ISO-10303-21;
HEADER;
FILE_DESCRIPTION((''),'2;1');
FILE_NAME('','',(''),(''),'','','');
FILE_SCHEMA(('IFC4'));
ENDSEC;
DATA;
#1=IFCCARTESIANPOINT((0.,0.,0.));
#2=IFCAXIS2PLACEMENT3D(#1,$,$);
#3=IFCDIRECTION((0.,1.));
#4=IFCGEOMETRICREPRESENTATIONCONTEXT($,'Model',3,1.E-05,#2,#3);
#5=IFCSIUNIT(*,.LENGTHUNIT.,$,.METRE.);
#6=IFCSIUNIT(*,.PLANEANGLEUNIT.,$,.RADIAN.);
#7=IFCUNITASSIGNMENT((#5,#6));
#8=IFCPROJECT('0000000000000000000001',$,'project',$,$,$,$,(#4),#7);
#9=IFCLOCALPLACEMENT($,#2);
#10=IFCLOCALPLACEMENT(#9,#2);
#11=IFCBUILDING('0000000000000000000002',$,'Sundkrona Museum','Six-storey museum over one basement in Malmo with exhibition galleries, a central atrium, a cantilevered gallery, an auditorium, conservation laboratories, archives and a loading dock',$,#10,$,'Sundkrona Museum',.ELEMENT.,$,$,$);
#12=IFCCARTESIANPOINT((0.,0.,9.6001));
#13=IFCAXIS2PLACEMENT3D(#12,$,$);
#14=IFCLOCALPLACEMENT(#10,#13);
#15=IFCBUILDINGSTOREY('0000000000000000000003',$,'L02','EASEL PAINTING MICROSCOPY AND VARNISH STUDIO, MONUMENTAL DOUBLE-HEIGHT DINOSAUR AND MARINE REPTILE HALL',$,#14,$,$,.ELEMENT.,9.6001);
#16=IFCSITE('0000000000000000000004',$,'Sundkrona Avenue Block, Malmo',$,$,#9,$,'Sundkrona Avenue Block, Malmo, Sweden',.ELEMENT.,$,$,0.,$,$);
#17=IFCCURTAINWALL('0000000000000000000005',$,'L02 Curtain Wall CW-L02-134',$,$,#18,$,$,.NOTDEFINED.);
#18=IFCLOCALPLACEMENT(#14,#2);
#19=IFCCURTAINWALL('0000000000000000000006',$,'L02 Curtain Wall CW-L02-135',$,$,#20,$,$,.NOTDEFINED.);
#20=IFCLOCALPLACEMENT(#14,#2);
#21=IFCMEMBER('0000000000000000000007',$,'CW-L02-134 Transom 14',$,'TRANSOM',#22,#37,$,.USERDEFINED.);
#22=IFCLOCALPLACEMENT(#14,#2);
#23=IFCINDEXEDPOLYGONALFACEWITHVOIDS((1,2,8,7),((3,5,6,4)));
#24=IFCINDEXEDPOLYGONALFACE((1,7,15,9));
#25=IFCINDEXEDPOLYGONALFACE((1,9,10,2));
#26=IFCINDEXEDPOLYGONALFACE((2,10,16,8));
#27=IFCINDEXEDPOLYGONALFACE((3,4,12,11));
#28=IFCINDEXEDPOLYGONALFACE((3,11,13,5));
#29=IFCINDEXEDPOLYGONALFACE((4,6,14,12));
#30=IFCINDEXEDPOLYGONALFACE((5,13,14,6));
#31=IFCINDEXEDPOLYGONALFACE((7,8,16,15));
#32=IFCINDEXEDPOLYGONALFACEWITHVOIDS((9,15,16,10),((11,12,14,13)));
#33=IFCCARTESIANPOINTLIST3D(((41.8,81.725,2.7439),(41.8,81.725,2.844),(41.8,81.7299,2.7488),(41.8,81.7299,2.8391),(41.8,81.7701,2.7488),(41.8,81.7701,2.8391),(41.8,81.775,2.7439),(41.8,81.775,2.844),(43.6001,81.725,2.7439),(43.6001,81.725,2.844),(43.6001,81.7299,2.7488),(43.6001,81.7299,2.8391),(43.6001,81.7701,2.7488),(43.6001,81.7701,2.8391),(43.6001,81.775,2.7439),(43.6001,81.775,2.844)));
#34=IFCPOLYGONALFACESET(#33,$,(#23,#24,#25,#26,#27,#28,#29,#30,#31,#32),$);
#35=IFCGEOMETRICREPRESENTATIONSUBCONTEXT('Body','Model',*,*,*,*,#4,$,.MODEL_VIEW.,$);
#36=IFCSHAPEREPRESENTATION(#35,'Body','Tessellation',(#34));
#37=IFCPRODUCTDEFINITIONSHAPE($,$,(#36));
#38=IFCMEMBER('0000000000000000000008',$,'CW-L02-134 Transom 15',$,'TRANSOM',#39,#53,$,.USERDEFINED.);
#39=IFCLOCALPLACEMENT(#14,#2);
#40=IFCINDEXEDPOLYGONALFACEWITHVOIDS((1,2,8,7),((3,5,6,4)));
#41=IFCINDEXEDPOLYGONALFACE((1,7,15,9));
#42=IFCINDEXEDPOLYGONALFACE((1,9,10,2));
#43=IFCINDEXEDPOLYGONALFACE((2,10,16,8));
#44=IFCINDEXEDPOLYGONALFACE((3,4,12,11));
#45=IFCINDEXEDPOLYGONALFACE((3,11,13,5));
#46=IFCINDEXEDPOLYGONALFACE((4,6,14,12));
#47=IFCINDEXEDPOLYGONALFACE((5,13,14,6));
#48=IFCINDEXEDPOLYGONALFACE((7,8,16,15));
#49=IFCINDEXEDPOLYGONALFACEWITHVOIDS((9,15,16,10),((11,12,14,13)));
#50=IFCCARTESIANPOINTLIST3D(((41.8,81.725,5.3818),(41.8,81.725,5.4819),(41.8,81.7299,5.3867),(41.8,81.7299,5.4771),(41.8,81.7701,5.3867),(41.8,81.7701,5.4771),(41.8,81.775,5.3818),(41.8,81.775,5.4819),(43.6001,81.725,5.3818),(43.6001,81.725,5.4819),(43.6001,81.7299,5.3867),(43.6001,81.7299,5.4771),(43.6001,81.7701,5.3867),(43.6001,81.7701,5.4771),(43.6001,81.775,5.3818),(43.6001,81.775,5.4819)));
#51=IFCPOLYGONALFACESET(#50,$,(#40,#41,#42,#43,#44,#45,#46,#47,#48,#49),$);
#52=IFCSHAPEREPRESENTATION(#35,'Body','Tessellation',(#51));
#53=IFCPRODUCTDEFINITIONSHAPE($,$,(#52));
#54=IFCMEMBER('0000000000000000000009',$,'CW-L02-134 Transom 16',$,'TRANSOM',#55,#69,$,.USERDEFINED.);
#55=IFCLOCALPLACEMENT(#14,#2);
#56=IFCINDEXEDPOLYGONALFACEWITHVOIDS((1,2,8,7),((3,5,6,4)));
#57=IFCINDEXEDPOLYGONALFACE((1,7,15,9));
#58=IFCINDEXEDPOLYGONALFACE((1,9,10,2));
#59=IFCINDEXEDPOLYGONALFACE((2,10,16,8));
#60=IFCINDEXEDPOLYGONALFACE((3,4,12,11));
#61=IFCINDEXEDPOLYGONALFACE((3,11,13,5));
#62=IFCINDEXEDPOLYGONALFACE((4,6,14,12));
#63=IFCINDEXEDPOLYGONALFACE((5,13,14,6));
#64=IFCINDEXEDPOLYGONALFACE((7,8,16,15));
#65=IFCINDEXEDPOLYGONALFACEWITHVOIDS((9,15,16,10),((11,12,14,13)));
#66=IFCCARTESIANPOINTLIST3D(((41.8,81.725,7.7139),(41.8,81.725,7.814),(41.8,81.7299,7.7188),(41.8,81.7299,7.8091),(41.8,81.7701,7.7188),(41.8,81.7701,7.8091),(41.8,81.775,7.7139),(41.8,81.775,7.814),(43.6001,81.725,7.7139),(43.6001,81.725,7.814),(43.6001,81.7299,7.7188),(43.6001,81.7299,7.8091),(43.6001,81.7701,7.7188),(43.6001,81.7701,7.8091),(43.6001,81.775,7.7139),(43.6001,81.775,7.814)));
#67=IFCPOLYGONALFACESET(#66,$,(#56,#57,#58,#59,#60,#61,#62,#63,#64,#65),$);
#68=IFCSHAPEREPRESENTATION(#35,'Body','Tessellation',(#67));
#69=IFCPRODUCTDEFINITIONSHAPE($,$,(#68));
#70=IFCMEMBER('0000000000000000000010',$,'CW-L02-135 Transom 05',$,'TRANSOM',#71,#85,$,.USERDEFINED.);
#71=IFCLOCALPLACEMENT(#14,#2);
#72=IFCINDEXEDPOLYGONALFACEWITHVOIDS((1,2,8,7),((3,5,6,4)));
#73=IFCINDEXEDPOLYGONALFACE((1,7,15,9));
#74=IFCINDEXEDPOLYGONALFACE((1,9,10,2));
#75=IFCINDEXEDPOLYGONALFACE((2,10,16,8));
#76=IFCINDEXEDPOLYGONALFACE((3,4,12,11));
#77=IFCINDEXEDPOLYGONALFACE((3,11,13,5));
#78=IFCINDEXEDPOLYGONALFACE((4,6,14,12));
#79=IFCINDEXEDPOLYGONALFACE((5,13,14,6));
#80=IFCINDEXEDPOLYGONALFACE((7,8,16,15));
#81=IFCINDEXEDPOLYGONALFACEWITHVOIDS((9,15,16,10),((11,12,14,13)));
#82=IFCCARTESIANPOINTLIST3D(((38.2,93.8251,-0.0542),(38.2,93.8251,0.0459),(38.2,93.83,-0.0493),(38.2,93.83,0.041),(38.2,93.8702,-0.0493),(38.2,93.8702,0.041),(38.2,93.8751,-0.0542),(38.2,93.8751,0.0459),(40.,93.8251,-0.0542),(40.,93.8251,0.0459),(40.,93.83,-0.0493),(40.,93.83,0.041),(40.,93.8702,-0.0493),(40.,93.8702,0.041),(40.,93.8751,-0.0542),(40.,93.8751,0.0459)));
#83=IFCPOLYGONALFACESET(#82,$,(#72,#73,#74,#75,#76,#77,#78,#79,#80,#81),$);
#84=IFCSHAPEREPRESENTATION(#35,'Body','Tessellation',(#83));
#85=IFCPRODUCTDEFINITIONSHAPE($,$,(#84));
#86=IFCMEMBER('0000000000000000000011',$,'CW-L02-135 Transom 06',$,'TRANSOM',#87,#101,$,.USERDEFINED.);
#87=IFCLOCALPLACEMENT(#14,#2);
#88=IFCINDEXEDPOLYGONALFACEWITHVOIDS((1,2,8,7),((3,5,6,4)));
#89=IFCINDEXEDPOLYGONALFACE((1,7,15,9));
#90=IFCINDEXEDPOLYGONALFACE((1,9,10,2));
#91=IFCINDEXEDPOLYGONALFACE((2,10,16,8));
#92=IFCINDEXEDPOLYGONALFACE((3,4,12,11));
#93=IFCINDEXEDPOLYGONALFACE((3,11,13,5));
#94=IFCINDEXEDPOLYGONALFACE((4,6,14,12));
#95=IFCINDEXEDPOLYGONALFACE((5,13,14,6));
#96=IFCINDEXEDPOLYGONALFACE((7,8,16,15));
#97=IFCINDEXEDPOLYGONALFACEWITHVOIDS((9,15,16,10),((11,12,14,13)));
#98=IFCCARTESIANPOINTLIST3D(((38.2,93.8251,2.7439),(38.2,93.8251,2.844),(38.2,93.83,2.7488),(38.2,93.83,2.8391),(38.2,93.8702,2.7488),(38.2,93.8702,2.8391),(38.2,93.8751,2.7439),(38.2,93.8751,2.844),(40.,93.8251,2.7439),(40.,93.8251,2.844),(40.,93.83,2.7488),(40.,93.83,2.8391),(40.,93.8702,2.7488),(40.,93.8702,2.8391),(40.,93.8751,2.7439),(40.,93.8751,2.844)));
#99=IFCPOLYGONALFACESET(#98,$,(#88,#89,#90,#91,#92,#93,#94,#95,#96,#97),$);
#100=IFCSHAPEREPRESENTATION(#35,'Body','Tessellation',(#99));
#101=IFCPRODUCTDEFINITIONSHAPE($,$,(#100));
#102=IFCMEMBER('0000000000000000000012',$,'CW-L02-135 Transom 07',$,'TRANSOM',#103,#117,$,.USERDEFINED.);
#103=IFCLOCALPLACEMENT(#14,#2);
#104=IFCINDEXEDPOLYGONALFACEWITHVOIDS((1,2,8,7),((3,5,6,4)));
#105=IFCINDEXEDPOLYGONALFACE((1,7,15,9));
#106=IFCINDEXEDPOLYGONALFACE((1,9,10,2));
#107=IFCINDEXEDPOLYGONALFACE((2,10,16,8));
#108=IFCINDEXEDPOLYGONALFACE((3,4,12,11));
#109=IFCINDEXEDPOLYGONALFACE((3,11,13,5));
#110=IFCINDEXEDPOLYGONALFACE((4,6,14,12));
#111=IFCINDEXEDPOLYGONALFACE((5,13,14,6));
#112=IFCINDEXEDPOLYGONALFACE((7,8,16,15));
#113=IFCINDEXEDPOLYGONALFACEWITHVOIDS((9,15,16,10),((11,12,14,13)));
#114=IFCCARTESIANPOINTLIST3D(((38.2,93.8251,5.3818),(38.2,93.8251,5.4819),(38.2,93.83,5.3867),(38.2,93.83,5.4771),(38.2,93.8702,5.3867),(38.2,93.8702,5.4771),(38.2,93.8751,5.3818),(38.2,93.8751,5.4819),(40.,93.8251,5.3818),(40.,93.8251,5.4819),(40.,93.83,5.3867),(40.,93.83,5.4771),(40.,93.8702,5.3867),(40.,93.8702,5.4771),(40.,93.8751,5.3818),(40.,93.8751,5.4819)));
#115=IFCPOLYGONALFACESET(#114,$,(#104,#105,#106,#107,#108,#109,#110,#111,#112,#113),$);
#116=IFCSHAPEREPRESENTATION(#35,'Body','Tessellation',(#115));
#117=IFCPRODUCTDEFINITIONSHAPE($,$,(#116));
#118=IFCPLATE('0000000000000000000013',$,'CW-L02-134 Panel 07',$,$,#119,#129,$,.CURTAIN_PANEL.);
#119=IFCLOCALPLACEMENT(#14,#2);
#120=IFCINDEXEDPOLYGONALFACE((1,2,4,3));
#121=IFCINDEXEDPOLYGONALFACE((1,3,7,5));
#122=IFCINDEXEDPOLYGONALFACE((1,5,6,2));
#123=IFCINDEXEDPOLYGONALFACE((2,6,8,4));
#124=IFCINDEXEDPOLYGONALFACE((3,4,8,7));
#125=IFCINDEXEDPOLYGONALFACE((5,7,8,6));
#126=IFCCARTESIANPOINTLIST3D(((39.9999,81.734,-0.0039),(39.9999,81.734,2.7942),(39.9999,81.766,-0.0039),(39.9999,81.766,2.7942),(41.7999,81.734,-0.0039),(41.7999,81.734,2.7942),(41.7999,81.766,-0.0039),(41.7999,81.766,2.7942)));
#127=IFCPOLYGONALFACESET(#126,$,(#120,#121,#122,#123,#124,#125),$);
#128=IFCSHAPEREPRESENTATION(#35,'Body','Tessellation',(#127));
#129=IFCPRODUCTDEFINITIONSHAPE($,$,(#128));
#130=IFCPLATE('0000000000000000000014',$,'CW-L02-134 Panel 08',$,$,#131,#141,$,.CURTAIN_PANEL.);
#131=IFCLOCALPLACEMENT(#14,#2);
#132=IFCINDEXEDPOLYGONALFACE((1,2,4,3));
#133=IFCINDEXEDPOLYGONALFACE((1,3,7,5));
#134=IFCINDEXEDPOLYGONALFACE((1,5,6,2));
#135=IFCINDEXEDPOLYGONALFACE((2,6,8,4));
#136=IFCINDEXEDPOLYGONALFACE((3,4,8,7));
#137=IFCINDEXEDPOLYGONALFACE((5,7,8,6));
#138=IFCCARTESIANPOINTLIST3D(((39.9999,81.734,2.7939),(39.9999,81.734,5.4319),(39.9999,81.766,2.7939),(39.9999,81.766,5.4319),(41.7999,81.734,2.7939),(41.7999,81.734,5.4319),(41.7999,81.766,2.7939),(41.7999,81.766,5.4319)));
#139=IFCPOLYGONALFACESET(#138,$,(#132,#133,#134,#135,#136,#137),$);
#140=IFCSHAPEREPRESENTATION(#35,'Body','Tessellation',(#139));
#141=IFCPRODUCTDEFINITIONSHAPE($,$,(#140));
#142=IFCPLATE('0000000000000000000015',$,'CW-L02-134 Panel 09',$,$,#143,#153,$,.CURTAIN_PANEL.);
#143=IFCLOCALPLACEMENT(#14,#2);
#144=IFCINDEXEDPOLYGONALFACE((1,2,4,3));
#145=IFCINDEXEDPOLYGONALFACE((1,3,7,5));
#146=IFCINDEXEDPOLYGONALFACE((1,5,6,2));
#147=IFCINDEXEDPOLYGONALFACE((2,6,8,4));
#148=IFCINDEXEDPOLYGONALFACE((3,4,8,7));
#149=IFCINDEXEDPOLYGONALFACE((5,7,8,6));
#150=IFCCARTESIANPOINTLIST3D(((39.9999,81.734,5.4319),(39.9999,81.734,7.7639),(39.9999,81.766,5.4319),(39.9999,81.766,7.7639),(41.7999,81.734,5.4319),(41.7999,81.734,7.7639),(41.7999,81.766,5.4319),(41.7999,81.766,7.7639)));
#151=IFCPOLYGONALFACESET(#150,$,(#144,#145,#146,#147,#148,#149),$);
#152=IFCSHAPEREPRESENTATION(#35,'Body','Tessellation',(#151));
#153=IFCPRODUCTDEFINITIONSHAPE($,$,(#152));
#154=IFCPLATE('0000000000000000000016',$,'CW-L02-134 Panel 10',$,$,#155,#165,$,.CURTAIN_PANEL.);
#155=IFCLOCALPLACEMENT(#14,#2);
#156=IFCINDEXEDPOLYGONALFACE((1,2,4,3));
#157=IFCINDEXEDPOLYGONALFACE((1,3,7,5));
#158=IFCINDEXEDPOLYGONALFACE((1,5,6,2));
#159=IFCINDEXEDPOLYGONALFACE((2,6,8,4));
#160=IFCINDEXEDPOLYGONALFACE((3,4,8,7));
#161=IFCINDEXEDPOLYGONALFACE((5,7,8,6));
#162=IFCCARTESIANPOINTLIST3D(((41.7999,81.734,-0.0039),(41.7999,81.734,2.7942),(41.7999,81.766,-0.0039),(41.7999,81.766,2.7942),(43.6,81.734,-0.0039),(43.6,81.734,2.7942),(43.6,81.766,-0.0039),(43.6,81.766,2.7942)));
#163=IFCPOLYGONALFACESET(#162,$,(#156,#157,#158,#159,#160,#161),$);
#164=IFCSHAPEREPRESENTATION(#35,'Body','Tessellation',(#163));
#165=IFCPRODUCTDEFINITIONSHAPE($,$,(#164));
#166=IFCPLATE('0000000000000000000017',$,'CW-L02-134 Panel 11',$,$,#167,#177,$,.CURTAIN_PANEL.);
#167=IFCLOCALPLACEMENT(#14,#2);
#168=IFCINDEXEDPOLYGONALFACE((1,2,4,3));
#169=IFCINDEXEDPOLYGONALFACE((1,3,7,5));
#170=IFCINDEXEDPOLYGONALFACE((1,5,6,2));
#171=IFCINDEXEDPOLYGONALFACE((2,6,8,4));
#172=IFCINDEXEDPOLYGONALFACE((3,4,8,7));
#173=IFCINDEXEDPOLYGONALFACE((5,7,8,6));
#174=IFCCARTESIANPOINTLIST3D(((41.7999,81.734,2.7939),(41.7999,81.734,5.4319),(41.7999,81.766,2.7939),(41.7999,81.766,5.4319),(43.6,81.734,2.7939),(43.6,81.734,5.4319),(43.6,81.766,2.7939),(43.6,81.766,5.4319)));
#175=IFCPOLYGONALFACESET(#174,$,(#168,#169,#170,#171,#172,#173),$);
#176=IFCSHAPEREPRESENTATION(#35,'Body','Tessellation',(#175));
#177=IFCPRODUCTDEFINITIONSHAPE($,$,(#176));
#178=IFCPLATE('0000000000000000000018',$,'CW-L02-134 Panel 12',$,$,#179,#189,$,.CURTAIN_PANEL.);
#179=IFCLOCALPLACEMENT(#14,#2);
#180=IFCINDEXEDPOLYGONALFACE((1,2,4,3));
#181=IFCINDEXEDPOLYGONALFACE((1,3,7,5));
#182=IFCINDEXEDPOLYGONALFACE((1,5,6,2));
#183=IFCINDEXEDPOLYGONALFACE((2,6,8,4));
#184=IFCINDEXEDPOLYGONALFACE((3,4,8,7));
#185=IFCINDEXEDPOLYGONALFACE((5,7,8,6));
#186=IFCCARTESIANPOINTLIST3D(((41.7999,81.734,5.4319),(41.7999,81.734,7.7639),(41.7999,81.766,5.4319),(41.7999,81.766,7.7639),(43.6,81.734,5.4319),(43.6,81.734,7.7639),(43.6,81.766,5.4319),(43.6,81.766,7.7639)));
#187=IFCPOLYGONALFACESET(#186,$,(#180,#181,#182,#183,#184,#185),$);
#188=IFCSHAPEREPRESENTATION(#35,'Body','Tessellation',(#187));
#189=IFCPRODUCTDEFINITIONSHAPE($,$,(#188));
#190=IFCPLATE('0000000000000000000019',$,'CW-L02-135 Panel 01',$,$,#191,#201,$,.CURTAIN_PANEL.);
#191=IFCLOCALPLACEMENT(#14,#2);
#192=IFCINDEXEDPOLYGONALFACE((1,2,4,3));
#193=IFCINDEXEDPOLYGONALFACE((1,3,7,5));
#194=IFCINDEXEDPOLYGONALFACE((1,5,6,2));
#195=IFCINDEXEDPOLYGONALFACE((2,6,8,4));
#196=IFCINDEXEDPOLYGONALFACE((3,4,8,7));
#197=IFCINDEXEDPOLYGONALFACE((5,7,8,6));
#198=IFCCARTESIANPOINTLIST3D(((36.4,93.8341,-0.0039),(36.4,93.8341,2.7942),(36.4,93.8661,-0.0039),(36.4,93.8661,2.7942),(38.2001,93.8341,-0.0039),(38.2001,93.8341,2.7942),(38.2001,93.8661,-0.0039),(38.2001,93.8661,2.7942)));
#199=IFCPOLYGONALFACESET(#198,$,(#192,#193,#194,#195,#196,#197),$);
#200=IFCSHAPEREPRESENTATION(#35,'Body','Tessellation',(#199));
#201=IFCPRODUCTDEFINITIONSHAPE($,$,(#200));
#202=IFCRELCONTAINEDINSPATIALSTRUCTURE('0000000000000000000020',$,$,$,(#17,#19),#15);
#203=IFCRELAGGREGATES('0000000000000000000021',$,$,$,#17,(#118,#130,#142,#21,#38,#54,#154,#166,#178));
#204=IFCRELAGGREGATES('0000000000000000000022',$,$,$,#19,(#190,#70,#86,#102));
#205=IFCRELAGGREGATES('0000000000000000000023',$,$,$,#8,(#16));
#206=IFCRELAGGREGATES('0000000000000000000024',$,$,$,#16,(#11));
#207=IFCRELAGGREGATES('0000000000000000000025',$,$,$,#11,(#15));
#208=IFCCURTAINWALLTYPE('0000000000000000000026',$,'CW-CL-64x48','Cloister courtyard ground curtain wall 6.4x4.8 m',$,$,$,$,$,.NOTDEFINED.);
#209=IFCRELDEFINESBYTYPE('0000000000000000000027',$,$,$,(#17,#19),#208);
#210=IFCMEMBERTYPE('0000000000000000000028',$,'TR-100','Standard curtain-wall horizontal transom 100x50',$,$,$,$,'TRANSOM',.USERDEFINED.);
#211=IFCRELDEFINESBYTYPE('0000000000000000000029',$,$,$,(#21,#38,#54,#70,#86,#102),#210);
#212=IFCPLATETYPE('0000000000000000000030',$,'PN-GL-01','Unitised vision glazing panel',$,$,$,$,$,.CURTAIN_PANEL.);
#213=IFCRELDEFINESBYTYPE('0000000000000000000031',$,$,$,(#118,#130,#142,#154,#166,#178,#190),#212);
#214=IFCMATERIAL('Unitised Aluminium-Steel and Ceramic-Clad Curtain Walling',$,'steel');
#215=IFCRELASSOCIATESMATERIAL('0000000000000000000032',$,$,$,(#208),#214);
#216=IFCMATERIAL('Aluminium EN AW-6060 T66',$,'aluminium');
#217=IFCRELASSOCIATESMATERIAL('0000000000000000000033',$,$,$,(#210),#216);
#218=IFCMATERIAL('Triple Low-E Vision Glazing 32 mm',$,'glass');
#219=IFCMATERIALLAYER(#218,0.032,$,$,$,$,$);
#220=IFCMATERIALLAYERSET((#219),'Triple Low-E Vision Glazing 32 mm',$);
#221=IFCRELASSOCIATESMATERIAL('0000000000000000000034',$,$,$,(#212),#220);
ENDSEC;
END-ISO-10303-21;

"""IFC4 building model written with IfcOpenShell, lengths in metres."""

from ifc_helpers import new_model, si_unit, direction, frame, origin, origin_2d, place, context, subcontext, project, spatial, rectangle, hollow_rectangle, extrude, material, layer, layer_set, material_profile, profile_set, type_object, element, aggregate, save


model = new_model("IFC4")

# Units and contexts
model_context = context("Model", 3, precision=1e-05, world=origin(), true_north=direction((0.0, 1.0)))
body_context = subcontext(model_context, "Body", "Model", "MODEL_VIEW")
ifc_project = project(units=[si_unit("LENGTHUNIT", "METRE"), si_unit("PLANEANGLEUNIT", "RADIAN")], contexts=[model_context])

# Site, building, storey
site_placement = place(None, origin())
site = spatial("IfcSite", under=ifc_project, at=site_placement, Name="Sundkrona Avenue Block, Malmo", LongName="Sundkrona Avenue Block, Malmo, Sweden", CompositionType="ELEMENT", RefElevation=0.0)
building_placement = place(site_placement, origin())
building = spatial("IfcBuilding", under=site, at=building_placement, Name="Sundkrona Museum", Description="Six-storey museum over one basement in Malmo with exhibition galleries, a central atrium, a cantilevered gallery, an auditorium, conservation laboratories, archives and a loading dock", LongName="Sundkrona Museum", CompositionType="ELEMENT")
storey_placement = place(building_placement, frame((0.0, 0.0, 9.6001)))
storey = spatial("IfcBuildingStorey", under=building, at=storey_placement, Name="L02", Description="EASEL PAINTING MICROSCOPY AND VARNISH STUDIO, MONUMENTAL DOUBLE-HEIGHT DINOSAUR AND MARINE REPTILE HALL", CompositionType="ELEMENT", Elevation=9.6001)

# Curtain wall
ifc_material_1 = material(Name="Unitised Aluminium-Steel and Ceramic-Clad Curtain Walling", Category="steel")
curtain_wall_type = type_object("IfcCurtainWallType", Name="CW-CL-64x48", Description="Cloister courtyard ground curtain wall 6.4x4.8 m", PredefinedType="NOTDEFINED", material=ifc_material_1)
curtain_wall_1_placement = place(storey_placement, origin())
curtain_wall_1 = element("IfcCurtainWall", 1, at=curtain_wall_1_placement, inside=storey, type_object=curtain_wall_type, Name="L02 Curtain Wall CW-L02-134", PredefinedType="NOTDEFINED")
ifc_material_2 = material(Name="Aluminium EN AW-6060 T66", Category="aluminium")

# Curtain wall
curtain_wall_2_placement = place(storey_placement, origin())
curtain_wall_2 = element("IfcCurtainWall", 2, at=curtain_wall_2_placement, inside=storey, type_object=curtain_wall_type, Name="L02 Curtain Wall CW-L02-135", PredefinedType="NOTDEFINED")

# Members
ifc_material_profile_1 = material_profile(ifc_material_2, hollow_rectangle(XDim=0.05, YDim=0.1001, WallThickness=0.0049, at=origin_2d()), Name="RHS 100x50x5.0")
ifc_profile_set_1 = profile_set([ifc_material_profile_1], Name="Aluminium EN AW-6060 T66")
member_type_1 = type_object("IfcMemberType", Name="TR-100", Description="Standard curtain-wall horizontal transom 100x50", ElementType="TRANSOM", PredefinedType="USERDEFINED", material=ifc_profile_set_1)
member_1_placement = place(storey_placement, frame((41.8, 81.75, 2.7939), z_axis=(1.0, 0.0, 0.0), x_axis=(0.0, 1.0, 0.0)))
member_1 = element("IfcMember", 3, at=member_1_placement, type_object=member_type_1, Name="CW-L02-134 Transom 14", ObjectType="TRANSOM", PredefinedType="USERDEFINED", context=body_context, shape_type="SweptSolid", body=[
    extrude(hollow_rectangle(XDim=0.05, YDim=0.1001, WallThickness=0.0049, at=origin_2d()), origin(), (0.0, 0.0, 1.0), 1.8),
])
member_2_placement = place(storey_placement, frame((41.8, 81.75, 5.4319), z_axis=(1.0, 0.0, 0.0), x_axis=(0.0, 1.0, 0.0)))
member_2 = element("IfcMember", 4, at=member_2_placement, type_object=member_type_1, Name="CW-L02-134 Transom 15", ObjectType="TRANSOM", PredefinedType="USERDEFINED", context=body_context, shape_type="SweptSolid", body=[
    extrude(hollow_rectangle(XDim=0.05, YDim=0.1001, WallThickness=0.0049, at=origin_2d()), origin(), (0.0, 0.0, 1.0), 1.8),
])
member_3_placement = place(storey_placement, frame((41.8, 81.75, 7.7639), z_axis=(1.0, 0.0, 0.0), x_axis=(0.0, 1.0, 0.0)))
member_3 = element("IfcMember", 5, at=member_3_placement, type_object=member_type_1, Name="CW-L02-134 Transom 16", ObjectType="TRANSOM", PredefinedType="USERDEFINED", context=body_context, shape_type="SweptSolid", body=[
    extrude(hollow_rectangle(XDim=0.05, YDim=0.1001, WallThickness=0.0049, at=origin_2d()), origin(), (0.0, 0.0, 1.0), 1.8),
])
member_4_placement = place(storey_placement, frame((38.2, 93.8501, -0.0042), z_axis=(1.0, 0.0, 0.0), x_axis=(0.0, 1.0, 0.0)))
member_4 = element("IfcMember", 6, at=member_4_placement, type_object=member_type_1, Name="CW-L02-135 Transom 05", ObjectType="TRANSOM", PredefinedType="USERDEFINED", context=body_context, shape_type="SweptSolid", body=[
    extrude(hollow_rectangle(XDim=0.05, YDim=0.1001, WallThickness=0.0049, at=origin_2d()), origin(), (0.0, 0.0, 1.0), 1.8),
])
member_5_placement = place(storey_placement, frame((38.2, 93.8501, 2.7939), z_axis=(1.0, 0.0, 0.0), x_axis=(0.0, 1.0, 0.0)))
member_5 = element("IfcMember", 7, at=member_5_placement, type_object=member_type_1, Name="CW-L02-135 Transom 06", ObjectType="TRANSOM", PredefinedType="USERDEFINED", context=body_context, shape_type="SweptSolid", body=[
    extrude(hollow_rectangle(XDim=0.05, YDim=0.1001, WallThickness=0.0049, at=origin_2d()), origin(), (0.0, 0.0, 1.0), 1.8),
])
member_6_placement = place(storey_placement, frame((38.2, 93.8501, 5.4319), z_axis=(1.0, 0.0, 0.0), x_axis=(0.0, 1.0, 0.0)))
member_6 = element("IfcMember", 8, at=member_6_placement, type_object=member_type_1, Name="CW-L02-135 Transom 07", ObjectType="TRANSOM", PredefinedType="USERDEFINED", context=body_context, shape_type="SweptSolid", body=[
    extrude(hollow_rectangle(XDim=0.05, YDim=0.1001, WallThickness=0.0049, at=origin_2d()), origin(), (0.0, 0.0, 1.0), 1.8),
])

# Plates
ifc_material_3 = material(Name="Triple Low-E Vision Glazing 32 mm", Category="glass")
ifc_layer = layer(ifc_material_3, 0.032)
ifc_layer_set = layer_set([ifc_layer], Name="Triple Low-E Vision Glazing 32 mm")
plate_type = type_object("IfcPlateType", Name="PN-GL-01", Description="Unitised vision glazing panel", PredefinedType="CURTAIN_PANEL", material=ifc_layer_set)
plate_1_placement = place(storey_placement, frame((40.8999, 81.75, -0.0039), z_axis=(0.0, 0.0, 1.0), x_axis=(1.0, 0.0, 0.0)))
plate_1 = element("IfcPlate", 9, at=plate_1_placement, type_object=plate_type, Name="CW-L02-134 Panel 07", PredefinedType="CURTAIN_PANEL", context=body_context, shape_type="SweptSolid", body=[
    extrude(rectangle(XDim=1.8, YDim=0.032, at=origin_2d()), origin(), (0.0, 0.0, 1.0), 2.7981),
])
plate_2_placement = place(storey_placement, frame((40.8999, 81.75, 2.7939), z_axis=(0.0, 0.0, 1.0), x_axis=(1.0, 0.0, 0.0)))
plate_2 = element("IfcPlate", 10, at=plate_2_placement, type_object=plate_type, Name="CW-L02-134 Panel 08", PredefinedType="CURTAIN_PANEL", context=body_context, shape_type="SweptSolid", body=[
    extrude(rectangle(XDim=1.8, YDim=0.032, at=origin_2d()), origin(), (0.0, 0.0, 1.0), 2.6379),
])
plate_3_placement = place(storey_placement, frame((40.8999, 81.75, 5.4319), z_axis=(0.0, 0.0, 1.0), x_axis=(1.0, 0.0, 0.0)))
plate_3 = element("IfcPlate", 11, at=plate_3_placement, type_object=plate_type, Name="CW-L02-134 Panel 09", PredefinedType="CURTAIN_PANEL", context=body_context, shape_type="SweptSolid", body=[
    extrude(rectangle(XDim=1.8, YDim=0.032, at=origin_2d()), origin(), (0.0, 0.0, 1.0), 2.332),
])
plate_4_placement = place(storey_placement, frame((42.7, 81.75, -0.0039), z_axis=(0.0, 0.0, 1.0), x_axis=(1.0, 0.0, 0.0)))
plate_4 = element("IfcPlate", 12, at=plate_4_placement, type_object=plate_type, Name="CW-L02-134 Panel 10", PredefinedType="CURTAIN_PANEL", context=body_context, shape_type="SweptSolid", body=[
    extrude(rectangle(XDim=1.8, YDim=0.032, at=origin_2d()), origin(), (0.0, 0.0, 1.0), 2.7981),
])
plate_5_placement = place(storey_placement, frame((42.7, 81.75, 2.7939), z_axis=(0.0, 0.0, 1.0), x_axis=(1.0, 0.0, 0.0)))
plate_5 = element("IfcPlate", 13, at=plate_5_placement, type_object=plate_type, Name="CW-L02-134 Panel 11", PredefinedType="CURTAIN_PANEL", context=body_context, shape_type="SweptSolid", body=[
    extrude(rectangle(XDim=1.8, YDim=0.032, at=origin_2d()), origin(), (0.0, 0.0, 1.0), 2.6379),
])
plate_6_placement = place(storey_placement, frame((42.7, 81.75, 5.4319), z_axis=(0.0, 0.0, 1.0), x_axis=(1.0, 0.0, 0.0)))
plate_6 = element("IfcPlate", 14, at=plate_6_placement, type_object=plate_type, Name="CW-L02-134 Panel 12", PredefinedType="CURTAIN_PANEL", context=body_context, shape_type="SweptSolid", body=[
    extrude(rectangle(XDim=1.8, YDim=0.032, at=origin_2d()), origin(), (0.0, 0.0, 1.0), 2.332),
])
aggregate(curtain_wall_1, [plate_1, plate_2, plate_3, member_1, member_2, member_3, plate_4, plate_5, plate_6])
plate_7_placement = place(storey_placement, frame((37.3, 93.8501, -0.0039), z_axis=(0.0, 0.0, 1.0), x_axis=(1.0, 0.0, 0.0)))
plate_7 = element("IfcPlate", 15, at=plate_7_placement, type_object=plate_type, Name="CW-L02-135 Panel 01", PredefinedType="CURTAIN_PANEL", context=body_context, shape_type="SweptSolid", body=[
    extrude(rectangle(XDim=1.8, YDim=0.032, at=origin_2d()), origin(), (0.0, 0.0, 1.0), 2.7981),
])
aggregate(curtain_wall_2, [plate_7, member_4, member_5, member_6])

save(model, "model.ifc")
